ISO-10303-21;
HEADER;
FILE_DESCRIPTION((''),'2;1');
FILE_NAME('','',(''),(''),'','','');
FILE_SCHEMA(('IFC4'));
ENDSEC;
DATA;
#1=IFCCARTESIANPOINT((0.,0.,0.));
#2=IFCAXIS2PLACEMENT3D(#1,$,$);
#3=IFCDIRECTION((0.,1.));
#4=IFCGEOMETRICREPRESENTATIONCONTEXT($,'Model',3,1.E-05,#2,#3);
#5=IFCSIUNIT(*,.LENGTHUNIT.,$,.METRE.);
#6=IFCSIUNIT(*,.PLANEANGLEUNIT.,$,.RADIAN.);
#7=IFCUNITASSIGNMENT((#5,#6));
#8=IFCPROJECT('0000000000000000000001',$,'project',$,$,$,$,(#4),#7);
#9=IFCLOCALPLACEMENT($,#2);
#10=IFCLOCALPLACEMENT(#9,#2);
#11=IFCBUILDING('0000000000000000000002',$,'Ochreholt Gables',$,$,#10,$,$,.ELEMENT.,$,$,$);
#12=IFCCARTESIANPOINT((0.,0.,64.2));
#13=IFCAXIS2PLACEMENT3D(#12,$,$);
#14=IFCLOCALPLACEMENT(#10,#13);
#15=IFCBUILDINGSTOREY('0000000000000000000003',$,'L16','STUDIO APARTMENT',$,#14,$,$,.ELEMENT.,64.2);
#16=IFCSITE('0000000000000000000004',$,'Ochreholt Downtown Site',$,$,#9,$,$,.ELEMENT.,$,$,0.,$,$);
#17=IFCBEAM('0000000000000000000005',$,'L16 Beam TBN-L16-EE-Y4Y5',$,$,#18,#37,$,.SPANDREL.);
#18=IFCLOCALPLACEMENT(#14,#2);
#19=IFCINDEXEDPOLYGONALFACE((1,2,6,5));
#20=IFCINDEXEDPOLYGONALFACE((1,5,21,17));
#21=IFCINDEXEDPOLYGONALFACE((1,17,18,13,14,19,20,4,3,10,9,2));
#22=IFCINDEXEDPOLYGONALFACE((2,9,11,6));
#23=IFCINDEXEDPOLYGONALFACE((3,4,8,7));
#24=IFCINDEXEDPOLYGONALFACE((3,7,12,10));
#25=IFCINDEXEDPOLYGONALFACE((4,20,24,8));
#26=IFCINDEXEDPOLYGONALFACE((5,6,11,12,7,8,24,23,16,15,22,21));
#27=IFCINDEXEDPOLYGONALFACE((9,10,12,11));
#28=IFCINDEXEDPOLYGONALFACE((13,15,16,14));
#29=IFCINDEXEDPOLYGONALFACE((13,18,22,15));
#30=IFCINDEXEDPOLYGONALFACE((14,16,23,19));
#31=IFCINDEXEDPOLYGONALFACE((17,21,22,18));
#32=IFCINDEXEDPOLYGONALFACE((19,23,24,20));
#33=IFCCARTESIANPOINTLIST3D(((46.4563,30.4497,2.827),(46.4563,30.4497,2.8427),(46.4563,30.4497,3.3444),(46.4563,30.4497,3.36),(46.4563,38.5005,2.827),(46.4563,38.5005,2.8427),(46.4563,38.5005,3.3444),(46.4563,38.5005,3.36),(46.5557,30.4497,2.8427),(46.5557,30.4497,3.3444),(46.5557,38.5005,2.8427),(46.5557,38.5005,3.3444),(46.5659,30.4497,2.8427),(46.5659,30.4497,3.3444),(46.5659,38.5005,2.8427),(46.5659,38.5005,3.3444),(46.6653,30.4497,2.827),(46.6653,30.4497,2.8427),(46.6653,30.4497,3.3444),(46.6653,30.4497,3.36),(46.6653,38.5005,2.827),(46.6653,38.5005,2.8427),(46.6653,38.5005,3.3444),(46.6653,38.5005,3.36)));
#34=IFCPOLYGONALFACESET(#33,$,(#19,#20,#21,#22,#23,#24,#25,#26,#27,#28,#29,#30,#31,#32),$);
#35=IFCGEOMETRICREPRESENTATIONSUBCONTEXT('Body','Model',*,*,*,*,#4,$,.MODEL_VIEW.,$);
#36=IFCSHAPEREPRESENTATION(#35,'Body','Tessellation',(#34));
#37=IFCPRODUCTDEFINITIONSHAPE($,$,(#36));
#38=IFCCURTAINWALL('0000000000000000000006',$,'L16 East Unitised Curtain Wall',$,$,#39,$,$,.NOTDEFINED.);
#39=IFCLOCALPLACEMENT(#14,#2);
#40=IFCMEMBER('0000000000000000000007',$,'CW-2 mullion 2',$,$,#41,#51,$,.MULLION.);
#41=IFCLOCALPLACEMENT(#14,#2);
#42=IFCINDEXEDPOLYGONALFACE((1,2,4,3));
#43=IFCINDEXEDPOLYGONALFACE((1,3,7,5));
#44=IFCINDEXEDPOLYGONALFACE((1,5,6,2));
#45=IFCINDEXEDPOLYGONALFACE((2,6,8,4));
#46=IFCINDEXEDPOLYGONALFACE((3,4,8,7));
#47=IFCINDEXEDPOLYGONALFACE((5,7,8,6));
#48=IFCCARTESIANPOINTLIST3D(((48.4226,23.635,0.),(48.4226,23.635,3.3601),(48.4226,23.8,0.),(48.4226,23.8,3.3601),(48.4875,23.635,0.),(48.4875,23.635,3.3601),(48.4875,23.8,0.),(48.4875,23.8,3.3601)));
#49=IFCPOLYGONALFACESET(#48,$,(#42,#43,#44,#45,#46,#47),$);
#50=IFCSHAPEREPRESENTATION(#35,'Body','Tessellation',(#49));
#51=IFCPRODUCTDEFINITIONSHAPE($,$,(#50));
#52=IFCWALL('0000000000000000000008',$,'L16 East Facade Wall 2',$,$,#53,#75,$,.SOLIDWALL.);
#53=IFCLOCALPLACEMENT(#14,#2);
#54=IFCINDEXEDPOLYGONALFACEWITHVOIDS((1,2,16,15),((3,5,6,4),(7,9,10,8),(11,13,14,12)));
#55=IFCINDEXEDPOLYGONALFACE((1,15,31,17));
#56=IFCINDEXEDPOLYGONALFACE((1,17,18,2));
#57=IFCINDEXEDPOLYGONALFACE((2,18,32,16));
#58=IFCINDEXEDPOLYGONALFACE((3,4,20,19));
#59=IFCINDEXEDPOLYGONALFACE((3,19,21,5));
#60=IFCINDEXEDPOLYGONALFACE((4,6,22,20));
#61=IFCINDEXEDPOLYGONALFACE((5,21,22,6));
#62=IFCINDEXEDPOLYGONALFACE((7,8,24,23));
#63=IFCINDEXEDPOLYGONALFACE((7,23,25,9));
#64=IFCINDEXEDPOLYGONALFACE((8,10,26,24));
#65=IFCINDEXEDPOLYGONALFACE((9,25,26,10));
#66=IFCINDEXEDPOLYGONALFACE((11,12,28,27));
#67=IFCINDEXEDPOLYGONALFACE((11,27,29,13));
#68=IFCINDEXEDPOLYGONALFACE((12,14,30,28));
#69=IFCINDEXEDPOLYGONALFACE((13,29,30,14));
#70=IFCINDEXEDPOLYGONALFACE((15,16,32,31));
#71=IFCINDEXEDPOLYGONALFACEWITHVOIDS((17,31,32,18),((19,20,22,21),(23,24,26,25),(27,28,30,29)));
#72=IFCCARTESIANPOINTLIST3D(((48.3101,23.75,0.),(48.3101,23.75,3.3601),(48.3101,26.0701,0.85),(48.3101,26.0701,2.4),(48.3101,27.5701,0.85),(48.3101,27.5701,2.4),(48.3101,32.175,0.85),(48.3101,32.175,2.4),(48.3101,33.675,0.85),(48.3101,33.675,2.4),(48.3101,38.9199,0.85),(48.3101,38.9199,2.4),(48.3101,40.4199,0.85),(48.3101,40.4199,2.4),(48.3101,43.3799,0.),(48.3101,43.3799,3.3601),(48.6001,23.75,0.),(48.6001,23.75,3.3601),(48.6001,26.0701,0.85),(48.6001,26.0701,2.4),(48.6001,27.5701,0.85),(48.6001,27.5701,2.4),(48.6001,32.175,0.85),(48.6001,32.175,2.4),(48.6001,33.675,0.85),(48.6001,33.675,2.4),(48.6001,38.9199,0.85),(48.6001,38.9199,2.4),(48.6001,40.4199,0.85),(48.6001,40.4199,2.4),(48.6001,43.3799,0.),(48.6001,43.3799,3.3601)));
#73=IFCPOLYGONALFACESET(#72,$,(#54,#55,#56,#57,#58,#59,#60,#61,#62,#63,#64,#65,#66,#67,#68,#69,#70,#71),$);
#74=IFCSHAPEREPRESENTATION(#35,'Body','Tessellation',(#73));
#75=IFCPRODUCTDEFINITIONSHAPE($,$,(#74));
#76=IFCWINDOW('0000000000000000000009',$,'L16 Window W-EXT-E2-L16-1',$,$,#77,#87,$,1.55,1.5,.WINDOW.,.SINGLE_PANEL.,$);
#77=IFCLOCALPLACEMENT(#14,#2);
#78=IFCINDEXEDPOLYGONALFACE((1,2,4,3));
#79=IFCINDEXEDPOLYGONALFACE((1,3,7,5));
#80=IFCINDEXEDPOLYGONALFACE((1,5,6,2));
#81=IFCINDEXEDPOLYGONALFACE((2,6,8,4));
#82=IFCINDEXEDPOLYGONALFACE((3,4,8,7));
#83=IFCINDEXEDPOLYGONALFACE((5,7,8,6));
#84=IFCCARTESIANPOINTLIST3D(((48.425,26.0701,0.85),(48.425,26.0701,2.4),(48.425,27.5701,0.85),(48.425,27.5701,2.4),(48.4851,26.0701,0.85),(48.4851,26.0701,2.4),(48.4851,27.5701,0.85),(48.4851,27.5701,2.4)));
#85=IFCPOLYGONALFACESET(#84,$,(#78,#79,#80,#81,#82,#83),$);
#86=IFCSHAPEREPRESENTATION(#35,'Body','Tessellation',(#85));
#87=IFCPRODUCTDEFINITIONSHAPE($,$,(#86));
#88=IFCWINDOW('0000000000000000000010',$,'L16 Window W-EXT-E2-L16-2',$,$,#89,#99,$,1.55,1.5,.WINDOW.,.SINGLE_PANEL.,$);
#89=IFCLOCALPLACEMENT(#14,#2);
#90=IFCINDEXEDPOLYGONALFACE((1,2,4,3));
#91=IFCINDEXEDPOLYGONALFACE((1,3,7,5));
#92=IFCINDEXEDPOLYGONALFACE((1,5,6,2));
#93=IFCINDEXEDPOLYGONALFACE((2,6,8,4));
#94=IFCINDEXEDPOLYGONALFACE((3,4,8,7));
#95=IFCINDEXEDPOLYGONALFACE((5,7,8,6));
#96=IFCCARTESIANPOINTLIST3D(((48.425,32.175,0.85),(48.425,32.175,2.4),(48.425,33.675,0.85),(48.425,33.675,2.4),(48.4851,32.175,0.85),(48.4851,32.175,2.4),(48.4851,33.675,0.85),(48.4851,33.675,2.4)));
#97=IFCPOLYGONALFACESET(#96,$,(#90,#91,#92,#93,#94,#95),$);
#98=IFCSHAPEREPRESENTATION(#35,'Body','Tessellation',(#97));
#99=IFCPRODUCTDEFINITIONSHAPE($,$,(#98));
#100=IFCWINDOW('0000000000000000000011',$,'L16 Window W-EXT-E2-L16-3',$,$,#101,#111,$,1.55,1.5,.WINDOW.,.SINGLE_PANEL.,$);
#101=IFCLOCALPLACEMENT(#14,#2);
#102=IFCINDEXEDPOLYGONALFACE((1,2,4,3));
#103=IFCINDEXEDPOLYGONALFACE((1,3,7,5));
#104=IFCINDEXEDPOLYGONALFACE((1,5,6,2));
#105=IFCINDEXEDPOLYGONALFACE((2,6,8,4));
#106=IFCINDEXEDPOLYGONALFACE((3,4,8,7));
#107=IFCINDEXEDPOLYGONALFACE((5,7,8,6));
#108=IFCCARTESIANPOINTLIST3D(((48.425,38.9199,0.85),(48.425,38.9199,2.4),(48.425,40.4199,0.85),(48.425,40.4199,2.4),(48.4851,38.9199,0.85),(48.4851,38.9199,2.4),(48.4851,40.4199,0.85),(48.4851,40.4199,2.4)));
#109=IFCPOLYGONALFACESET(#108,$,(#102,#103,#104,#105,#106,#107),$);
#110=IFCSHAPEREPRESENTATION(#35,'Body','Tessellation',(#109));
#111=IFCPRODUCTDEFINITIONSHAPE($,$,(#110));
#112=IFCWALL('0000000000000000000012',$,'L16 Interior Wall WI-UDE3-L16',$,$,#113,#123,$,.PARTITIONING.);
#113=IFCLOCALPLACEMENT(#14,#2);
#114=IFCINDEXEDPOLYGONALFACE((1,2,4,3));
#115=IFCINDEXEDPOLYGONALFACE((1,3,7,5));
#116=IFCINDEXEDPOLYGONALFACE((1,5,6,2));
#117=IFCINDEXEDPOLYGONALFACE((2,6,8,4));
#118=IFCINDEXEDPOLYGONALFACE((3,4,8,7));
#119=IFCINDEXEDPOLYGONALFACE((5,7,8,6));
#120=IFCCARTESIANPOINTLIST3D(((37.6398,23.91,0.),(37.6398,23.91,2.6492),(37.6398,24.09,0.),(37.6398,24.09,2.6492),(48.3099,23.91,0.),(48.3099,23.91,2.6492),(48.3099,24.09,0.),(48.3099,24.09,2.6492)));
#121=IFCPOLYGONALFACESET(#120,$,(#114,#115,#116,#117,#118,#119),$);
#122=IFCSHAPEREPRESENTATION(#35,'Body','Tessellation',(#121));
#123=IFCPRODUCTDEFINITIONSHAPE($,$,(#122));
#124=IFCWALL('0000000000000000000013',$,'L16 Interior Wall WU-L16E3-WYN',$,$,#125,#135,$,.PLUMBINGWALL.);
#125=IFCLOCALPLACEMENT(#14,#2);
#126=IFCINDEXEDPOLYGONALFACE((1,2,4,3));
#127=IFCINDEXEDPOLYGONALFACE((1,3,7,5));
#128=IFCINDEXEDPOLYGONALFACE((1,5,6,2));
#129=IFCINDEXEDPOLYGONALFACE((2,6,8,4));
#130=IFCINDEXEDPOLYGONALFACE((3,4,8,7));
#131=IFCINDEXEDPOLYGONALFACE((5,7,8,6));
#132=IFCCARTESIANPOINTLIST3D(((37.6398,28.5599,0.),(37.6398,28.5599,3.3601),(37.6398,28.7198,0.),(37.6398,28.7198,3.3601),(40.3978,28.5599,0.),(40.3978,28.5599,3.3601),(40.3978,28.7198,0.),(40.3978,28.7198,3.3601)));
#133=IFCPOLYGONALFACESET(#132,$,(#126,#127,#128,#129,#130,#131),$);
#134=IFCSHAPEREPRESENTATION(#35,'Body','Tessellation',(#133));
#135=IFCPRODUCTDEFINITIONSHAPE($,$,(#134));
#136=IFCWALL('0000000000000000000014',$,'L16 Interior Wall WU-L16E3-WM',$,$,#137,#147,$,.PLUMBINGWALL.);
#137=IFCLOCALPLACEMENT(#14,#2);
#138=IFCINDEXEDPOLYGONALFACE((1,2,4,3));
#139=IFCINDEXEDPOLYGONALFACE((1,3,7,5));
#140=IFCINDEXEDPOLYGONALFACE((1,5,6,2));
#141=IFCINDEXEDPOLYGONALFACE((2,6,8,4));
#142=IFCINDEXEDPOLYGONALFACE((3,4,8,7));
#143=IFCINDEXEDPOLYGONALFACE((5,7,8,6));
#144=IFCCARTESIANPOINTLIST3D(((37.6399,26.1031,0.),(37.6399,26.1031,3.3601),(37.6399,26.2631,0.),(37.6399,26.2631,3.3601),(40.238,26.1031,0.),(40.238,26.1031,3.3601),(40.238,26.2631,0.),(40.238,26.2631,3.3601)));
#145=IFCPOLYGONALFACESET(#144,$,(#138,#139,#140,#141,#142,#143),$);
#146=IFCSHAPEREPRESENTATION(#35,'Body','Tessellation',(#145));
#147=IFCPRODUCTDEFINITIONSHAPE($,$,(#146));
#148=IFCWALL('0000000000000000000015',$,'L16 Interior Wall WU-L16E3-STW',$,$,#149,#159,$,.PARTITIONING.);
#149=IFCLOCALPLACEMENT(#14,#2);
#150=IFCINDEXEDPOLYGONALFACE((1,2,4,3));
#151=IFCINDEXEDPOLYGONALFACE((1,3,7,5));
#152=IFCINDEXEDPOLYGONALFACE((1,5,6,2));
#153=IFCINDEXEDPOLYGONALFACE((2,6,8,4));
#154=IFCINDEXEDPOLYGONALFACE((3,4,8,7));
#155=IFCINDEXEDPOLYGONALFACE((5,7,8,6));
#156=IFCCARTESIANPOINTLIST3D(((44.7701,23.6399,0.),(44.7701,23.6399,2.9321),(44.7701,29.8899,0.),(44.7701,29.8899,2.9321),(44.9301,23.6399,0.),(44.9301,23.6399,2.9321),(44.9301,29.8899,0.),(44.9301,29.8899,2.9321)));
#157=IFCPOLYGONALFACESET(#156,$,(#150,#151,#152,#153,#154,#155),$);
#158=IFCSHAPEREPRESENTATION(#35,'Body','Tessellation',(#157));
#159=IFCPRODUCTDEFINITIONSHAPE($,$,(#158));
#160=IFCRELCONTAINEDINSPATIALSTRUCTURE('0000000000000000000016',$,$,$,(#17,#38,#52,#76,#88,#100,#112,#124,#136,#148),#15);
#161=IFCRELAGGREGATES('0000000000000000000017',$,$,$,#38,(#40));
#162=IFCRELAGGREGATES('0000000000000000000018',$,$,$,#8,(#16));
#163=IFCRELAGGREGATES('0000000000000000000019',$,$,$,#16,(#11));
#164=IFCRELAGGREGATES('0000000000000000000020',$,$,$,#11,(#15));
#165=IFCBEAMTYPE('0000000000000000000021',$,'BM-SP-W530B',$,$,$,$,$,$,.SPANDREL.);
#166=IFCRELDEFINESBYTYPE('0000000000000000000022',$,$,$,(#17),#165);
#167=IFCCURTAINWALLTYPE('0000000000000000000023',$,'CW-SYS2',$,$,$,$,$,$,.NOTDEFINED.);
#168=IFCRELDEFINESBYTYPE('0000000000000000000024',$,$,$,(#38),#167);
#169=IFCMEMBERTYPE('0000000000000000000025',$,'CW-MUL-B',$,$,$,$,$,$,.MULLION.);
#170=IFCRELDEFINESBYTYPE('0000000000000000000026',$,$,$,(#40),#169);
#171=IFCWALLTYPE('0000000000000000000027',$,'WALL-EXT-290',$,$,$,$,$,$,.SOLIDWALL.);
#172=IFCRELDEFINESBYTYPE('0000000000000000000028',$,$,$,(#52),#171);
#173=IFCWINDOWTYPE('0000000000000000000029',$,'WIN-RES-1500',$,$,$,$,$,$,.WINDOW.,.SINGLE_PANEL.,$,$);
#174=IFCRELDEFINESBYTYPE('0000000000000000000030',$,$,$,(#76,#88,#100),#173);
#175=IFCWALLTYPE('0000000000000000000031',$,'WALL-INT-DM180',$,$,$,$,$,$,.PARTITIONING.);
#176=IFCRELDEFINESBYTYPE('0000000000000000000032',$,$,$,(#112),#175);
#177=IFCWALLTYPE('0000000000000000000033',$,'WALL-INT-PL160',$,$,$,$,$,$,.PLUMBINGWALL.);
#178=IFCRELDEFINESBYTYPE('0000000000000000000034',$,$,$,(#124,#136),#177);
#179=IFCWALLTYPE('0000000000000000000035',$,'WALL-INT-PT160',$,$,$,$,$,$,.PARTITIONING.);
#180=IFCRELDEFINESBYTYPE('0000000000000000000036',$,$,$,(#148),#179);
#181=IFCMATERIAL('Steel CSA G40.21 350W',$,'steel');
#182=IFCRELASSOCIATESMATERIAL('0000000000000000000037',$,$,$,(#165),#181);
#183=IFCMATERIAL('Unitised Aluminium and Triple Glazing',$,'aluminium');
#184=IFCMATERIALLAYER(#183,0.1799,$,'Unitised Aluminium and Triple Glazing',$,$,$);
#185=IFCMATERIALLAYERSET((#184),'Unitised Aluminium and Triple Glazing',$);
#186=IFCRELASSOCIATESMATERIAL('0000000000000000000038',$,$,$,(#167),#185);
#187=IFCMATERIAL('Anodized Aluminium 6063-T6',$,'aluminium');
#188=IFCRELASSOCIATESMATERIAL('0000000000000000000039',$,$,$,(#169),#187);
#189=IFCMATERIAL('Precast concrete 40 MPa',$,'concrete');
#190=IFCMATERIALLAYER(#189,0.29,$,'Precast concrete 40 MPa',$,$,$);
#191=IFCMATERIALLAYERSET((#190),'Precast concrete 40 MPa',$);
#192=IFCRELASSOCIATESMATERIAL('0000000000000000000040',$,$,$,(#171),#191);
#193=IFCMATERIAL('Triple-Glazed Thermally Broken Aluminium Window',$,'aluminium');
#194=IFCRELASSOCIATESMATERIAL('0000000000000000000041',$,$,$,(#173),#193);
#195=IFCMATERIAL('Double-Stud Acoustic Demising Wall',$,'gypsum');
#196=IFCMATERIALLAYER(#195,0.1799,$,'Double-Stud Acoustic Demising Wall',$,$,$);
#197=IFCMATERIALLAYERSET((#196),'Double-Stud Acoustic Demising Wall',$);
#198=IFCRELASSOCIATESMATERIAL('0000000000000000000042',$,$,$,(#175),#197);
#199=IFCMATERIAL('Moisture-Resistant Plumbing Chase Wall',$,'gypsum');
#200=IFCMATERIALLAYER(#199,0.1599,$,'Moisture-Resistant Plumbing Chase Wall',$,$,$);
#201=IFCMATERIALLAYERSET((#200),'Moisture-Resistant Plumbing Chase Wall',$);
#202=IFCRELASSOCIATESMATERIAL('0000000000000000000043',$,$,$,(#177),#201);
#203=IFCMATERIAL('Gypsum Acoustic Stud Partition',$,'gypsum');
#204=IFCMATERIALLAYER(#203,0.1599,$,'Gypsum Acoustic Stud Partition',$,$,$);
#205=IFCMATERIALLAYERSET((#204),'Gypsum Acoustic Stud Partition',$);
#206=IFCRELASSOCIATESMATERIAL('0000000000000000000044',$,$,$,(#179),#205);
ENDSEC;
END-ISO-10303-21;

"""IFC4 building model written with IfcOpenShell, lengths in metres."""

from ifc_helpers import new_model, si_unit, direction, frame, frame_2d, origin, origin_2d, place, context, subcontext, project, spatial, rectangle, i_section, extrude, material, layer, layer_set, material_profile, profile_set, type_object, element, fill, aggregate, save


model = new_model("IFC4")

# Units and contexts
model_context = context("Model", 3, precision=1e-05, world=origin(), true_north=direction((0.0, 1.0)))
body_context = subcontext(model_context, "Body", "Model", "MODEL_VIEW")
ifc_project = project(units=[si_unit("LENGTHUNIT", "METRE"), si_unit("PLANEANGLEUNIT", "RADIAN")], contexts=[model_context])

# Site, building, storey
site_placement = place(None, origin())
site = spatial("IfcSite", under=ifc_project, at=site_placement, Name="Ochreholt Downtown Site", CompositionType="ELEMENT", RefElevation=0.0)
building_placement = place(site_placement, origin())
building = spatial("IfcBuilding", under=site, at=building_placement, Name="Ochreholt Gables", CompositionType="ELEMENT")
storey_placement = place(building_placement, frame((0.0, 0.0, 64.2)))
storey = spatial("IfcBuildingStorey", under=building, at=storey_placement, Name="L16", Description="STUDIO APARTMENT", CompositionType="ELEMENT", Elevation=64.2)

# Shared definitions
ifc_material_1 = material(Name="Steel CSA G40.21 350W", Category="steel")

# Beam
ifc_material_profile_1 = material_profile(ifc_material_1, i_section(OverallWidth=0.209, OverallDepth=0.533, WebThickness=0.0103, FlangeThickness=0.0156, at=origin_2d()), Name="W530X92")
ifc_profile_set_1 = profile_set([ifc_material_profile_1], Name="Steel CSA G40.21 350W")
beam_type_1 = type_object("IfcBeamType", Name="BM-SP-W530B", PredefinedType="SPANDREL", material=ifc_profile_set_1)
beam_1_placement = place(storey_placement, frame((46.5608, 30.4497, 3.0935), z_axis=(0.0, 1.0, 0.0), x_axis=(-1.0, 0.0, 0.0)))
element("IfcBeam", 1, at=beam_1_placement, inside=storey, type_object=beam_type_1, Name="L16 Beam TBN-L16-EE-Y4Y5", PredefinedType="SPANDREL", context=body_context, shape_type="SweptSolid", body=[
    extrude(i_section(OverallWidth=0.209, OverallDepth=0.533, WebThickness=0.0103, FlangeThickness=0.0156, at=origin_2d()), origin(), (0.0, 0.0, 1.0), 8.0508),
])

# Curtain wall, member
ifc_material_2 = material(Name="Unitised Aluminium and Triple Glazing", Category="aluminium")
ifc_layer_1 = layer(ifc_material_2, 0.1799, Name="Unitised Aluminium and Triple Glazing")
ifc_layer_set_1 = layer_set([ifc_layer_1], Name="Unitised Aluminium and Triple Glazing")
curtain_wall_type = type_object("IfcCurtainWallType", Name="CW-SYS2", PredefinedType="NOTDEFINED", material=ifc_layer_set_1)
curtain_wall_placement = place(storey_placement, origin())
curtain_wall = element("IfcCurtainWall", 2, at=curtain_wall_placement, inside=storey, type_object=curtain_wall_type, Name="L16 East Unitised Curtain Wall", PredefinedType="NOTDEFINED")
ifc_material_3 = material(Name="Anodized Aluminium 6063-T6", Category="aluminium")
ifc_material_profile_2 = material_profile(ifc_material_3, rectangle(XDim=0.0649, YDim=0.165, at=origin_2d()), Name="CWM65X165")
ifc_profile_set_2 = profile_set([ifc_material_profile_2], Name="Anodized Aluminium 6063-T6")
member_type = type_object("IfcMemberType", Name="CW-MUL-B", PredefinedType="MULLION", material=ifc_profile_set_2)
member_placement = place(storey_placement, frame((48.4551, 23.7175, 0.0), z_axis=(0.0, 0.0, 1.0), x_axis=(-1.0, 0.0, 0.0)))
member = element("IfcMember", 3, at=member_placement, type_object=member_type, Name="CW-2 mullion 2", PredefinedType="MULLION", context=body_context, shape_type="SweptSolid", body=[
    extrude(rectangle(XDim=0.0649, YDim=0.165, at=origin_2d()), origin(), (0.0, 0.0, 1.0), 3.3601),
])
aggregate(curtain_wall, [member])

# Wall, openings, windows
ifc_material_4 = material(Name="Precast concrete 40 MPa", Category="concrete")
ifc_layer_2 = layer(ifc_material_4, 0.29, Name="Precast concrete 40 MPa")
ifc_layer_set_2 = layer_set([ifc_layer_2], Name="Precast concrete 40 MPa")
wall_type_1 = type_object("IfcWallType", Name="WALL-EXT-290", PredefinedType="SOLIDWALL", material=ifc_layer_set_2)
wall_1_placement = place(storey_placement, frame((48.4551, 23.75, 0.0), z_axis=(0.0, 0.0, 1.0), x_axis=(0.0, 1.0, 0.0)))
wall_1 = element("IfcWall", 4, at=wall_1_placement, inside=storey, type_object=wall_type_1, Name="L16 East Facade Wall 2", PredefinedType="SOLIDWALL", context=body_context, shape_type="SweptSolid", body=[
    extrude(rectangle(XDim=19.6299, YDim=0.29, at=frame_2d((9.8149, 0.0))), origin(), (0.0, 0.0, 1.0), 3.3601),
])
opening_1_placement = place(wall_1_placement, frame((2.3201, 0.0, 0.8501)))
opening_1 = element("IfcOpeningElement", 5, at=opening_1_placement, cuts=wall_1, PredefinedType="OPENING", context=body_context, shape_type="SweptSolid", body=[
    extrude(rectangle(XDim=1.5, YDim=1.55, at=frame_2d((0.75, 0.7749))), frame((0.0, 0.155, 0.0), z_axis=(0.0, -1.0, 0.0), x_axis=(1.0, 0.0, 0.0)), (0.0, 0.0, 1.0), 0.3101),
])
opening_2_placement = place(wall_1_placement, frame((8.425, 0.0, 0.8501)))
opening_2 = element("IfcOpeningElement", 6, at=opening_2_placement, cuts=wall_1, PredefinedType="OPENING", context=body_context, shape_type="SweptSolid", body=[
    extrude(rectangle(XDim=1.5, YDim=1.55, at=frame_2d((0.75, 0.7749))), frame((0.0, 0.155, 0.0), z_axis=(0.0, -1.0, 0.0), x_axis=(1.0, 0.0, 0.0)), (0.0, 0.0, 1.0), 0.3101),
])
opening_3_placement = place(wall_1_placement, frame((15.1699, 0.0, 0.8501)))
opening_3 = element("IfcOpeningElement", 7, at=opening_3_placement, cuts=wall_1, PredefinedType="OPENING", context=body_context, shape_type="SweptSolid", body=[
    extrude(rectangle(XDim=1.5, YDim=1.55, at=frame_2d((0.75, 0.7749))), frame((0.0, 0.155, 0.0), z_axis=(0.0, -1.0, 0.0), x_axis=(1.0, 0.0, 0.0)), (0.0, 0.0, 1.0), 0.3101),
])
ifc_material_5 = material(Name="Triple-Glazed Thermally Broken Aluminium Window", Category="aluminium")
window_type = type_object("IfcWindowType", Name="WIN-RES-1500", PartitioningType="SINGLE_PANEL", PredefinedType="WINDOW", material=ifc_material_5)
window_1_placement = place(opening_1_placement, origin())
window_1 = element("IfcWindow", 8, at=window_1_placement, inside=storey, type_object=window_type, Name="L16 Window W-EXT-E2-L16-1", OverallHeight=1.55, OverallWidth=1.5, PartitioningType="SINGLE_PANEL", PredefinedType="WINDOW", context=body_context, shape_type="SweptSolid", body=[
    extrude(rectangle(XDim=1.5, YDim=1.55, at=frame_2d((0.75, 0.7749))), frame((0.0, 0.03, 0.0), z_axis=(0.0, -1.0, 0.0), x_axis=(1.0, 0.0, 0.0)), (0.0, 0.0, 1.0), 0.0601),
])
fill(opening_1, window_1)
window_2_placement = place(opening_2_placement, origin())
window_2 = element("IfcWindow", 9, at=window_2_placement, inside=storey, type_object=window_type, Name="L16 Window W-EXT-E2-L16-2", OverallHeight=1.55, OverallWidth=1.5, PartitioningType="SINGLE_PANEL", PredefinedType="WINDOW", context=body_context, shape_type="SweptSolid", body=[
    extrude(rectangle(XDim=1.5, YDim=1.55, at=frame_2d((0.75, 0.7749))), frame((0.0, 0.03, 0.0), z_axis=(0.0, -1.0, 0.0), x_axis=(1.0, 0.0, 0.0)), (0.0, 0.0, 1.0), 0.0601),
])
fill(opening_2, window_2)
window_3_placement = place(opening_3_placement, origin())
window_3 = element("IfcWindow", 10, at=window_3_placement, inside=storey, type_object=window_type, Name="L16 Window W-EXT-E2-L16-3", OverallHeight=1.55, OverallWidth=1.5, PartitioningType="SINGLE_PANEL", PredefinedType="WINDOW", context=body_context, shape_type="SweptSolid", body=[
    extrude(rectangle(XDim=1.5, YDim=1.55, at=frame_2d((0.75, 0.7749))), frame((0.0, 0.03, 0.0), z_axis=(0.0, -1.0, 0.0), x_axis=(1.0, 0.0, 0.0)), (0.0, 0.0, 1.0), 0.0601),
])
fill(opening_3, window_3)

# Walls
ifc_material_6 = material(Name="Double-Stud Acoustic Demising Wall", Category="gypsum")
ifc_layer_3 = layer(ifc_material_6, 0.1799, Name="Double-Stud Acoustic Demising Wall")
ifc_layer_set_3 = layer_set([ifc_layer_3], Name="Double-Stud Acoustic Demising Wall")
wall_type_2 = type_object("IfcWallType", Name="WALL-INT-DM180", PredefinedType="PARTITIONING", material=ifc_layer_set_3)
wall_2_placement = place(storey_placement, frame((37.6399, 24.0, 0.0), z_axis=(0.0, 0.0, 1.0), x_axis=(1.0, 0.0, 0.0)))
element("IfcWall", 11, at=wall_2_placement, inside=storey, type_object=wall_type_2, Name="L16 Interior Wall WI-UDE3-L16", PredefinedType="PARTITIONING", context=body_context, shape_type="SweptSolid", body=[
    extrude(rectangle(XDim=10.6702, YDim=0.1799, at=frame_2d((5.335, 0.0))), origin(), (0.0, 0.0, 1.0), 2.6492),
])
ifc_material_7 = material(Name="Moisture-Resistant Plumbing Chase Wall", Category="gypsum")
ifc_layer_4 = layer(ifc_material_7, 0.1599, Name="Moisture-Resistant Plumbing Chase Wall")
ifc_layer_set_4 = layer_set([ifc_layer_4], Name="Moisture-Resistant Plumbing Chase Wall")
wall_type_3 = type_object("IfcWallType", Name="WALL-INT-PL160", PredefinedType="PLUMBINGWALL", material=ifc_layer_set_4)
wall_3_placement = place(storey_placement, frame((37.6399, 28.6399, 0.0), z_axis=(0.0, 0.0, 1.0), x_axis=(1.0, 0.0, 0.0)))
element("IfcWall", 12, at=wall_3_placement, inside=storey, type_object=wall_type_3, Name="L16 Interior Wall WU-L16E3-WYN", PredefinedType="PLUMBINGWALL", context=body_context, shape_type="SweptSolid", body=[
    extrude(rectangle(XDim=2.7581, YDim=0.1599, at=frame_2d((1.3789, 0.0))), origin(), (0.0, 0.0, 1.0), 3.3601),
])

# Walls
wall_4_placement = place(storey_placement, frame((37.6399, 26.1831, 0.0), z_axis=(0.0, 0.0, 1.0), x_axis=(1.0, 0.0, 0.0)))
element("IfcWall", 13, at=wall_4_placement, inside=storey, type_object=wall_type_3, Name="L16 Interior Wall WU-L16E3-WM", PredefinedType="PLUMBINGWALL", context=body_context, shape_type="SweptSolid", body=[
    extrude(rectangle(XDim=2.5981, YDim=0.1599, at=frame_2d((1.2991, 0.0))), origin(), (0.0, 0.0, 1.0), 3.3601),
])
ifc_material_8 = material(Name="Gypsum Acoustic Stud Partition", Category="gypsum")
ifc_layer_5 = layer(ifc_material_8, 0.1599, Name="Gypsum Acoustic Stud Partition")
ifc_layer_set_5 = layer_set([ifc_layer_5], Name="Gypsum Acoustic Stud Partition")
wall_type_4 = type_object("IfcWallType", Name="WALL-INT-PT160", PredefinedType="PARTITIONING", material=ifc_layer_set_5)
wall_5_placement = place(storey_placement, frame((44.8501, 23.6399, 0.0), z_axis=(0.0, 0.0, 1.0), x_axis=(0.0, 1.0, 0.0)))
element("IfcWall", 14, at=wall_5_placement, inside=storey, type_object=wall_type_4, Name="L16 Interior Wall WU-L16E3-STW", PredefinedType="PARTITIONING", context=body_context, shape_type="SweptSolid", body=[
    extrude(rectangle(XDim=6.25, YDim=0.1599, at=frame_2d((3.125, 0.0))), origin(), (0.0, 0.0, 1.0), 2.9321),
])

save(model, "model.ifc")
